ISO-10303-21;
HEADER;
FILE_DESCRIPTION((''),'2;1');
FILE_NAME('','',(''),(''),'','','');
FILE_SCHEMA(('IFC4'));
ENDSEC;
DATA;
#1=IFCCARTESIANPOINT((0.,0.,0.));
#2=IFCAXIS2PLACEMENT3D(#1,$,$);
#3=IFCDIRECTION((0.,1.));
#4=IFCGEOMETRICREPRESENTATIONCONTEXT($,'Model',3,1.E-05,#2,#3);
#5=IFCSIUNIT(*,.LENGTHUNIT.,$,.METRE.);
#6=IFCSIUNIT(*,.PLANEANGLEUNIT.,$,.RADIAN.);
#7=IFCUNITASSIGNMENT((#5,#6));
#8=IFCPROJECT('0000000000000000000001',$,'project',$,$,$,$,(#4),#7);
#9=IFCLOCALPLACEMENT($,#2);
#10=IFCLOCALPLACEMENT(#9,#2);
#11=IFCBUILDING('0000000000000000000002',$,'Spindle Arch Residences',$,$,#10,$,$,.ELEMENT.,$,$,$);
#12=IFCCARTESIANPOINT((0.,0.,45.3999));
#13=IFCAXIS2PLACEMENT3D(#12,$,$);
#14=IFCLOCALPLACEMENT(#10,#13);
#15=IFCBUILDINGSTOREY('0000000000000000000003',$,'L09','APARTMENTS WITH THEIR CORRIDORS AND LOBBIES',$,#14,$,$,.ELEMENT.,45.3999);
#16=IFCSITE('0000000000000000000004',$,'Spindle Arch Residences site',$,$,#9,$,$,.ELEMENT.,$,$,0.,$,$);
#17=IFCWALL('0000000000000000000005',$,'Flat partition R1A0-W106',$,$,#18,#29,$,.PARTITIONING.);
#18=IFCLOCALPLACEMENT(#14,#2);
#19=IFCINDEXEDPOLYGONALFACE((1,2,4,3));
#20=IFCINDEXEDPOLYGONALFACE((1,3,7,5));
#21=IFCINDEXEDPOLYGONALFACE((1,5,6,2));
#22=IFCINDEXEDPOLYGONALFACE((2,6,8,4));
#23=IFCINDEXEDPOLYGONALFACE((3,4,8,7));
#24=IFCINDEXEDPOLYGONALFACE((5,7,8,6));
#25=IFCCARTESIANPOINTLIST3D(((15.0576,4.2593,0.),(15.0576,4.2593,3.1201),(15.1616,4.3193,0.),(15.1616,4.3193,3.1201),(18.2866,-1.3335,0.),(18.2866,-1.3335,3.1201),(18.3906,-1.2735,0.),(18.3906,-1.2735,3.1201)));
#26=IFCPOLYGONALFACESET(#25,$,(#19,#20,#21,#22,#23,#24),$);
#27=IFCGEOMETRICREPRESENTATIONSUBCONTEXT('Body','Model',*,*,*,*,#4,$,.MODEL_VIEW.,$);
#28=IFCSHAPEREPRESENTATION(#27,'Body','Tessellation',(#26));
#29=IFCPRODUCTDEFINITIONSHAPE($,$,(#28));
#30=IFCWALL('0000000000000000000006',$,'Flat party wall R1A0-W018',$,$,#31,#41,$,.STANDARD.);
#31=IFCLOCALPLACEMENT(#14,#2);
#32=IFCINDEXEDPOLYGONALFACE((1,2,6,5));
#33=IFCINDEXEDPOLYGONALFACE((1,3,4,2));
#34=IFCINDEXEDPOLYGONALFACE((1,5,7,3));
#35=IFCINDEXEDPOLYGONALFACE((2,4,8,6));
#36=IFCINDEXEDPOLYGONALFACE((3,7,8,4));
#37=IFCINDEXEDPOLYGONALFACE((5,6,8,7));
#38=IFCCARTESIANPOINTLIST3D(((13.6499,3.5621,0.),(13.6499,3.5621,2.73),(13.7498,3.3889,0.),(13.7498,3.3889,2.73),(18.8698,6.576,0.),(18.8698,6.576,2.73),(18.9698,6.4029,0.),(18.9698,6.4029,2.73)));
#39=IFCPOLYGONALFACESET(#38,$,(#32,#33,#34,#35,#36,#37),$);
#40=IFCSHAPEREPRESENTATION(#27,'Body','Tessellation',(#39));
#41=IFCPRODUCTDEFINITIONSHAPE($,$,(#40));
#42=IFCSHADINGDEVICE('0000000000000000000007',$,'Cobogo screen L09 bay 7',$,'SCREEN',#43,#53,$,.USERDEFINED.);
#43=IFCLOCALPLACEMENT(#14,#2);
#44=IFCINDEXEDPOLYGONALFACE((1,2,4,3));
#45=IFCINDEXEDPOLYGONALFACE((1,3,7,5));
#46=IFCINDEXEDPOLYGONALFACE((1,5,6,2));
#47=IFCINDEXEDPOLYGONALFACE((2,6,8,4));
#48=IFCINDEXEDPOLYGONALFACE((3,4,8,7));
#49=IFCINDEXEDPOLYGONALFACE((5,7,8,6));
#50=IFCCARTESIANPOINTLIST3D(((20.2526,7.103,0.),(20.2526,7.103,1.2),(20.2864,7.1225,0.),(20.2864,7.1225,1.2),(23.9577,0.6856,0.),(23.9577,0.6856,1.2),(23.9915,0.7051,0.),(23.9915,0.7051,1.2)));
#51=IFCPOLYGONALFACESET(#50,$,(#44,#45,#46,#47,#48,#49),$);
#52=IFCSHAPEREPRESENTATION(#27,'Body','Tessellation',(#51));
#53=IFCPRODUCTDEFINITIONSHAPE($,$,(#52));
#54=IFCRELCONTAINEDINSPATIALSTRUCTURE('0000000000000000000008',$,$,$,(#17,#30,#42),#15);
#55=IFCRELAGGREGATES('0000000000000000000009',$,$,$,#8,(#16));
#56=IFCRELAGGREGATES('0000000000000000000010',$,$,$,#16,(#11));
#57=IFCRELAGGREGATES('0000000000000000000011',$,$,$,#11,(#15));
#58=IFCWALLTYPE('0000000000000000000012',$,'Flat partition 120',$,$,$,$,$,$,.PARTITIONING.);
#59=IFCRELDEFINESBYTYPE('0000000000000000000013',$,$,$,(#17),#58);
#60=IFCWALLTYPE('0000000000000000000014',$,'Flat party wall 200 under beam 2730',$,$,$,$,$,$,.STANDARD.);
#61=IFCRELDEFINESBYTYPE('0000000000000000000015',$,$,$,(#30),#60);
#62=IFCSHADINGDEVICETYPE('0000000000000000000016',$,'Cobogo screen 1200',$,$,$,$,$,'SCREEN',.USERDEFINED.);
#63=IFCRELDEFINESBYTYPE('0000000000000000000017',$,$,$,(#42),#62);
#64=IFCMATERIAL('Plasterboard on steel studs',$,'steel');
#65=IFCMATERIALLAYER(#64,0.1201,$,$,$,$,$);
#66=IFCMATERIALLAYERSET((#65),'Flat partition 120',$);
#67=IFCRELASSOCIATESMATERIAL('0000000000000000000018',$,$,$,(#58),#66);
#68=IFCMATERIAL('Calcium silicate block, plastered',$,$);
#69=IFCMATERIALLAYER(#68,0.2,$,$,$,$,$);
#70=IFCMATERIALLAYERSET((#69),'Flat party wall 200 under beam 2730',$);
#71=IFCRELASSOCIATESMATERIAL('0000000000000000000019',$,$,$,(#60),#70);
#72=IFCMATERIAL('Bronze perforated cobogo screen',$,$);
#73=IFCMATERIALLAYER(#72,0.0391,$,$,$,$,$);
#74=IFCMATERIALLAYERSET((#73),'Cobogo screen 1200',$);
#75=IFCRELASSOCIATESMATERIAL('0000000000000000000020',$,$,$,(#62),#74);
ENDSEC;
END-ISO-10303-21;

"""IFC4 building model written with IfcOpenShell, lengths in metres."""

from ifc_helpers import new_model, si_unit, direction, frame, frame_2d, origin, origin_2d, place, context, subcontext, project, spatial, rectangle, extrude, material, layer, layer_set, type_object, element, save


model = new_model("IFC4")

# Units and contexts
model_context = context("Model", 3, precision=1e-05, world=origin(), true_north=direction((0.0, 1.0)))
body_context = subcontext(model_context, "Body", "Model", "MODEL_VIEW")
ifc_project = project(units=[si_unit("LENGTHUNIT", "METRE"), si_unit("PLANEANGLEUNIT", "RADIAN")], contexts=[model_context])

# Site, building, storey
site_placement = place(None, origin())
site = spatial("IfcSite", under=ifc_project, at=site_placement, Name="Spindle Arch Residences site", CompositionType="ELEMENT", RefElevation=0.0)
building_placement = place(site_placement, origin())
building = spatial("IfcBuilding", under=site, at=building_placement, Name="Spindle Arch Residences", CompositionType="ELEMENT")
storey_placement = place(building_placement, frame((0.0, 0.0, 45.3999)))
storey = spatial("IfcBuildingStorey", under=building, at=storey_placement, Name="L09", Description="APARTMENTS WITH THEIR CORRIDORS AND LOBBIES", CompositionType="ELEMENT", Elevation=45.3999)

# Shared definitions
ifc_material_1 = material(Name="Plasterboard on steel studs", Category="steel")
ifc_layer_1 = layer(ifc_material_1, 0.1201)
ifc_layer_set_1 = layer_set([ifc_layer_1], Name="Flat partition 120")
wall_type_1 = type_object("IfcWallType", Name="Flat partition 120", PredefinedType="PARTITIONING", material=ifc_layer_set_1)

# Walls
wall_1_placement = place(storey_placement, frame((15.1096, 4.2893, 0.0), z_axis=(0.0, 0.0, 1.0), x_axis=(0.500002, -0.866024, 0.0)))
element("IfcWall", 1, at=wall_1_placement, inside=storey, type_object=wall_type_1, Name="Flat partition R1A0-W106", PredefinedType="PARTITIONING", context=body_context, shape_type="SweptSolid", body=[
    extrude(rectangle(XDim=6.458, YDim=0.1201, at=frame_2d((3.229, 0.0))), origin(), (0.0, 0.0, 1.0), 3.1201),
])
ifc_material_2 = material(Name="Calcium silicate block, plastered")
ifc_layer_2 = layer(ifc_material_2, 0.2)
ifc_layer_set_2 = layer_set([ifc_layer_2], Name="Flat party wall 200 under beam 2730")
wall_type_2 = type_object("IfcWallType", Name="Flat party wall 200 under beam 2730", PredefinedType="STANDARD", material=ifc_layer_set_2)
wall_2_placement = place(storey_placement, frame((13.7, 3.4756, 0.0), z_axis=(0.0, 0.0, 1.0), x_axis=(0.866014, 0.50002, 0.0)))
element("IfcWall", 2, at=wall_2_placement, inside=storey, type_object=wall_type_2, Name="Flat party wall R1A0-W018", PredefinedType="STANDARD", context=body_context, shape_type="SweptSolid", body=[
    extrude(rectangle(XDim=6.0276, YDim=0.2, at=frame_2d((3.0137, 0.0))), origin(), (0.0, 0.0, 1.0), 2.73),
])

# Shading device
ifc_material_3 = material(Name="Bronze perforated cobogo screen")
ifc_layer_3 = layer(ifc_material_3, 0.0391)
ifc_layer_set_3 = layer_set([ifc_layer_3], Name="Cobogo screen 1200")
shading_device_type = type_object("IfcShadingDeviceType", Name="Cobogo screen 1200", ElementType="SCREEN", PredefinedType="USERDEFINED", material=ifc_layer_set_3)
shading_device_placement = place(storey_placement, frame((22.1221, 3.9041, 0.0), z_axis=(0.0, 0.0, 1.0), x_axis=(-0.5, 0.866025, 0.0)))
element("IfcShadingDevice", 3, at=shading_device_placement, inside=storey, type_object=shading_device_type, Name="Cobogo screen L09 bay 7", ObjectType="SCREEN", PredefinedType="USERDEFINED", context=body_context, shape_type="SweptSolid", body=[
    extrude(rectangle(XDim=7.4102, YDim=0.0391, at=origin_2d()), origin(), (0.0, 0.0, 1.0), 1.2),
])

save(model, "model.ifc")
